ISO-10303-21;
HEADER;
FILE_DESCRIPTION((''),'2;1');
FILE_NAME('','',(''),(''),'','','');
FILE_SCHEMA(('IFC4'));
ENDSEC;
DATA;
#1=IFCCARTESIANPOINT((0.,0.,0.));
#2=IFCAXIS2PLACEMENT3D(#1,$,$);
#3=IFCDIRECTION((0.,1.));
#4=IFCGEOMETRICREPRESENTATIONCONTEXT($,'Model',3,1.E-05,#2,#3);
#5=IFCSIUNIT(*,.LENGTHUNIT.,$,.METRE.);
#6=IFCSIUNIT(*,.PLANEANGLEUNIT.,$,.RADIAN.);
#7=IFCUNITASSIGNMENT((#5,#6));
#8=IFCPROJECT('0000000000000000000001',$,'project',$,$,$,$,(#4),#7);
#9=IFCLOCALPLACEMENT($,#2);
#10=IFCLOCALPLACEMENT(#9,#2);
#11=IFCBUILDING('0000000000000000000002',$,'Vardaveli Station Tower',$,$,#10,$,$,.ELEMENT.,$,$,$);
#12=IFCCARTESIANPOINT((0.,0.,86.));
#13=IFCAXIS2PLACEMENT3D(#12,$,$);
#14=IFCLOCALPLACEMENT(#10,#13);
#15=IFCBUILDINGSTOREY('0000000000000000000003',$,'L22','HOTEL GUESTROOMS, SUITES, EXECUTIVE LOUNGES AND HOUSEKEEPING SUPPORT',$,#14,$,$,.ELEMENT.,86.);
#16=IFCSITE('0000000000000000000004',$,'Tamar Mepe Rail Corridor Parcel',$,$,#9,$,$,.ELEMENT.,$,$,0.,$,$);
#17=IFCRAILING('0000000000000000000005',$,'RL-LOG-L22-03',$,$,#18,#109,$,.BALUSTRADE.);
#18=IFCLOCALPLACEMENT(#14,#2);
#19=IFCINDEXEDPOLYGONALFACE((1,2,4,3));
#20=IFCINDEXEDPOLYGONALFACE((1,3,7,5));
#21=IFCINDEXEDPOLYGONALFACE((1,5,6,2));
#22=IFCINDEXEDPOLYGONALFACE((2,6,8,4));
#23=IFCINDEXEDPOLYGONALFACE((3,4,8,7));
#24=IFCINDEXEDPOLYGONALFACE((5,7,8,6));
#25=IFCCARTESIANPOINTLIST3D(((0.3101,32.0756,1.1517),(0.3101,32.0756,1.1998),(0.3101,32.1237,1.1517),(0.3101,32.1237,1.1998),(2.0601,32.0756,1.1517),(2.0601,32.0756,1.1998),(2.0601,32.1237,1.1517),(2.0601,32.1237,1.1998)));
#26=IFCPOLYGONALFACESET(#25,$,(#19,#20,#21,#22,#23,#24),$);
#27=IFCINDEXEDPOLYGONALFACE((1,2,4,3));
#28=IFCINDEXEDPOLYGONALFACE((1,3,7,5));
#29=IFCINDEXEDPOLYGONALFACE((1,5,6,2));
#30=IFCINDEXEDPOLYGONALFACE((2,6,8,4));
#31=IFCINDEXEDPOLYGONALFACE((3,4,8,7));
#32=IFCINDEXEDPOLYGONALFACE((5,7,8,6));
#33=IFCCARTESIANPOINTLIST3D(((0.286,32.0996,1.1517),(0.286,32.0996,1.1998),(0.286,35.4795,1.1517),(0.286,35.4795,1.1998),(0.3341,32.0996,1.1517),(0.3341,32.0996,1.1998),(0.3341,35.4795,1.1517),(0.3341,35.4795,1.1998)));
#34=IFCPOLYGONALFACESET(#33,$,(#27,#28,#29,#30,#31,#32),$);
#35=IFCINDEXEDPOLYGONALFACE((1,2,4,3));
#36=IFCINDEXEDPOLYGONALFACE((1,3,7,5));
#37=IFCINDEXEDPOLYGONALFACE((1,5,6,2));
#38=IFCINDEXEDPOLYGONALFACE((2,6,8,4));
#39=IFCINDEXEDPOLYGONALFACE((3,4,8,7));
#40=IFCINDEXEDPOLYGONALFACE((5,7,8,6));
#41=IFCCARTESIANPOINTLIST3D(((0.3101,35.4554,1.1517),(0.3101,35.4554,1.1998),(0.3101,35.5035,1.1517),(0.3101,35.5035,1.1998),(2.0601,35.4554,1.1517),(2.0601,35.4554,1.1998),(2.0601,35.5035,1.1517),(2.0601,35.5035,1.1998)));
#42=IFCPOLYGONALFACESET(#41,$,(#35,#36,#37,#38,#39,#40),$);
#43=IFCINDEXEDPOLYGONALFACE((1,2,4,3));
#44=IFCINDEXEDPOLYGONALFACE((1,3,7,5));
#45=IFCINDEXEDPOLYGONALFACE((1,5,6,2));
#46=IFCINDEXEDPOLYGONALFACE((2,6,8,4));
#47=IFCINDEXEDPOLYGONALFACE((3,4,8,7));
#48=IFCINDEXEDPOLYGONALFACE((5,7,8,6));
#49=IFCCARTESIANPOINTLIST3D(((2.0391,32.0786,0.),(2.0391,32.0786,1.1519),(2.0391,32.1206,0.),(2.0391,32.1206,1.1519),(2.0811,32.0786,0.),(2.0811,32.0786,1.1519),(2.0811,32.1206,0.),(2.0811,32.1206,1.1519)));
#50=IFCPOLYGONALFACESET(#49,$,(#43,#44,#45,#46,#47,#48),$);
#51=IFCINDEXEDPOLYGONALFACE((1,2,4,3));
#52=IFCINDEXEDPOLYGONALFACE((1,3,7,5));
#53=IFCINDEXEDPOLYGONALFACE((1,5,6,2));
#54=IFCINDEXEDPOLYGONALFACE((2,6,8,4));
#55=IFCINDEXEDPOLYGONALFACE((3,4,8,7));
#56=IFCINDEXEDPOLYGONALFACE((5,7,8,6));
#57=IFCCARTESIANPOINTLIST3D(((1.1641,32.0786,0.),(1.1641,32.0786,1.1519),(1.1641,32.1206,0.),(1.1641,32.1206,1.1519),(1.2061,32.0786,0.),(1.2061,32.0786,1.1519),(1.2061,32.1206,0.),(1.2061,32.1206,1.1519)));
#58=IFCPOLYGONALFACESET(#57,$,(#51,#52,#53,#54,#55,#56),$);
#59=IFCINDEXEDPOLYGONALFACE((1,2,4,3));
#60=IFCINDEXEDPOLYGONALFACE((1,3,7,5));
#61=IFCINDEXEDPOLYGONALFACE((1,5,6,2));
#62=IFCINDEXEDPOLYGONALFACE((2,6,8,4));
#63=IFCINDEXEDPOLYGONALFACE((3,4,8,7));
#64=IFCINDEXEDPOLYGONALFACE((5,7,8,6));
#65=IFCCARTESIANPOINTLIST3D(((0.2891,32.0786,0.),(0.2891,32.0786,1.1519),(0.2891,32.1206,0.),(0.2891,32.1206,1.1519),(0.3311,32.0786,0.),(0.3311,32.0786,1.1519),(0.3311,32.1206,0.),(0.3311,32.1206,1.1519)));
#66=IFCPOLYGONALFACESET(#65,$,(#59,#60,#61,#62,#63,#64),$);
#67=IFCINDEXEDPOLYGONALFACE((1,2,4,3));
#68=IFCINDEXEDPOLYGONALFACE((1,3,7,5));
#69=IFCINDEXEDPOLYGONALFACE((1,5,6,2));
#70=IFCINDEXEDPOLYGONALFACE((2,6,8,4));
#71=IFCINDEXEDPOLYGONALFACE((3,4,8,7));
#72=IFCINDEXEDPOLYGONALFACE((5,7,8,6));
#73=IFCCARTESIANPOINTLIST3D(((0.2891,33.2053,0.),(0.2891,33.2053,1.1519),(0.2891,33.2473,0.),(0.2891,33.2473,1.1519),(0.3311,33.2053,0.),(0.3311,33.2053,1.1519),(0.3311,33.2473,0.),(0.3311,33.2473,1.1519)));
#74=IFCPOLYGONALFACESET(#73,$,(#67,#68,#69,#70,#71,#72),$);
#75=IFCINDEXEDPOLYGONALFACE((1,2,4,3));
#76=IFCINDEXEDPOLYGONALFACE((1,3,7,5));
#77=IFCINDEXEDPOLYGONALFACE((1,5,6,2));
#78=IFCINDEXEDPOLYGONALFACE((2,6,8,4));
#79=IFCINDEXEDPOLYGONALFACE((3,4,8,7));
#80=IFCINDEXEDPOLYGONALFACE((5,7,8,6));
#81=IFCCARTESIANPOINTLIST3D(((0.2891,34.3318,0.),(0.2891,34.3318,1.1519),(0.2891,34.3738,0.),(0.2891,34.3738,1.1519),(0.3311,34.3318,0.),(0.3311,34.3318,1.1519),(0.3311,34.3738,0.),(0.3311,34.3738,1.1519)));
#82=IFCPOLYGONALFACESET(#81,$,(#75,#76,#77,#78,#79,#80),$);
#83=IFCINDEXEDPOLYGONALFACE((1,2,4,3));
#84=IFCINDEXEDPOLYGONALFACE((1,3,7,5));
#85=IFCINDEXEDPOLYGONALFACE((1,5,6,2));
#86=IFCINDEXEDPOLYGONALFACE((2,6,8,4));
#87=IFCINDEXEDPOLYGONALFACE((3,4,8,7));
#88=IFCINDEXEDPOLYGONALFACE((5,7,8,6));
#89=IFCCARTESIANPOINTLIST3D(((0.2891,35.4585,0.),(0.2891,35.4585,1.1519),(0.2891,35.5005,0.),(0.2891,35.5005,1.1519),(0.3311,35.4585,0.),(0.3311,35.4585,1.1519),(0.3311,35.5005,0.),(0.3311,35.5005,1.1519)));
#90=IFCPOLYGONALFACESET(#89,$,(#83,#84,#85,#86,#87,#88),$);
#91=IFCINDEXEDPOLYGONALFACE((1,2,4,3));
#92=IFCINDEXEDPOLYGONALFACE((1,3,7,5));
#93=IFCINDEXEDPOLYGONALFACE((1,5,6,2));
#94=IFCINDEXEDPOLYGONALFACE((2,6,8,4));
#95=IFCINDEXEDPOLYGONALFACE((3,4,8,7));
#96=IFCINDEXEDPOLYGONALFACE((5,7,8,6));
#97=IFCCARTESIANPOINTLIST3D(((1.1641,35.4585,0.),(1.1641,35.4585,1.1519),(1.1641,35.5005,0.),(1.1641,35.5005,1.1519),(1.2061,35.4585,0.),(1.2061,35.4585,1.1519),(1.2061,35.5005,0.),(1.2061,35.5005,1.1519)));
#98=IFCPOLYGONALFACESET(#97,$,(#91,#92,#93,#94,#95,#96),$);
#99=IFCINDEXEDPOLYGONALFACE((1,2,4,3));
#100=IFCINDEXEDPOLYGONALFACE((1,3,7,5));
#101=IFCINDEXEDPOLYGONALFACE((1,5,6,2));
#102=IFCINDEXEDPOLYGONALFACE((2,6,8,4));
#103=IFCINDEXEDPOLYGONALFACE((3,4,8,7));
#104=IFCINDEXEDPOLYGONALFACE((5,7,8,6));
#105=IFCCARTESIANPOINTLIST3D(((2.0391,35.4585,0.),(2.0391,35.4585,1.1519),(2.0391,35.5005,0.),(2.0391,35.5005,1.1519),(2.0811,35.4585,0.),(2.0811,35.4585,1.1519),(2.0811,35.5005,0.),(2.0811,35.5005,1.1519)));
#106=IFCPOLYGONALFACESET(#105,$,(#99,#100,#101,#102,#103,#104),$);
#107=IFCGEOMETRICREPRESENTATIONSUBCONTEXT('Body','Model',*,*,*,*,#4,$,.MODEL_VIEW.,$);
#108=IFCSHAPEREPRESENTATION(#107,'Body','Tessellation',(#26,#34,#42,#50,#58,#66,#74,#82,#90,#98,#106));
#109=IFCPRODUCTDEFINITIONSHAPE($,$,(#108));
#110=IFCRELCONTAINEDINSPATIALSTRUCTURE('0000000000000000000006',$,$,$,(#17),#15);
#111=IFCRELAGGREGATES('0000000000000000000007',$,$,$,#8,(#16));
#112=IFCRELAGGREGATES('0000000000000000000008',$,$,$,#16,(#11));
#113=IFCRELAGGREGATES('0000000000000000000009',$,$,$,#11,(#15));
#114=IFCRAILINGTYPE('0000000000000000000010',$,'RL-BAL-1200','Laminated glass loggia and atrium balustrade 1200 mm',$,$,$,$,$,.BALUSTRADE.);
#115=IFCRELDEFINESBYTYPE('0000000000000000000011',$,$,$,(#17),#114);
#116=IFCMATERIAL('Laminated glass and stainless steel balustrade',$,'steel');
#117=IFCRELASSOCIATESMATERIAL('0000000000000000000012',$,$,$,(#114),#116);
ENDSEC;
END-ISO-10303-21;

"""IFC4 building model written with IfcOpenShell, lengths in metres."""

from ifc_helpers import new_model, si_unit, direction, frame, origin, origin_2d, place, context, subcontext, project, spatial, rectangle, extrude, source, transform, mapped, material, type_object, element, save


model = new_model("IFC4")

# Units and contexts
model_context = context("Model", 3, precision=1e-05, world=origin(), true_north=direction((0.0, 1.0)))
body_context = subcontext(model_context, "Body", "Model", "MODEL_VIEW")
ifc_project = project(units=[si_unit("LENGTHUNIT", "METRE"), si_unit("PLANEANGLEUNIT", "RADIAN")], contexts=[model_context])

# Site, building, storey
site_placement = place(None, origin())
site = spatial("IfcSite", under=ifc_project, at=site_placement, Name="Tamar Mepe Rail Corridor Parcel", CompositionType="ELEMENT", RefElevation=0.0)
building_placement = place(site_placement, origin())
building = spatial("IfcBuilding", under=site, at=building_placement, Name="Vardaveli Station Tower", CompositionType="ELEMENT")
storey_placement = place(building_placement, frame((0.0, 0.0, 86.0)))
storey = spatial("IfcBuildingStorey", under=building, at=storey_placement, Name="L22", Description="HOTEL GUESTROOMS, SUITES, EXECUTIVE LOUNGES AND HOUSEKEEPING SUPPORT", CompositionType="ELEMENT", Elevation=86.0)

# Railing
ifc_material_1 = material(Name="Laminated glass and stainless steel balustrade", Category="steel")
railing_type = type_object("IfcRailingType", Name="RL-BAL-1200", Description="Laminated glass loggia and atrium balustrade 1200 mm", PredefinedType="BALUSTRADE", material=ifc_material_1)
shared_shape_1 = source(origin(), body_context, "Body", "SweptSolid", [
    extrude(rectangle(XDim=0.0481, YDim=0.0481, at=origin_2d()), frame((0.0, 0.0, 1.1758), z_axis=(-1.0, 0.0, 0.0), x_axis=(0.0, -1.0, 0.0)), (0.0, 0.0, 1.0), 1.75),
    extrude(rectangle(XDim=0.0481, YDim=0.0481, at=origin_2d()), frame((-1.75, 0.0, 1.1758), z_axis=(0.0, 1.0, 0.0), x_axis=(-1.0, 0.0, 0.0)), (0.0, 0.0, 1.0), 3.3799),
    extrude(rectangle(XDim=0.0481, YDim=0.0481, at=origin_2d()), frame((-1.75, 3.3799, 1.1758), z_axis=(1.0, 0.0, 0.0), x_axis=(0.0, 1.0, 0.0)), (0.0, 0.0, 1.0), 1.75),
    extrude(rectangle(XDim=0.042, YDim=0.042, at=origin_2d()), origin(), (0.0, 0.0, 1.0), 1.1519),
    extrude(rectangle(XDim=0.042, YDim=0.042, at=origin_2d()), frame((-0.875, 0.0, 0.0)), (0.0, 0.0, 1.0), 1.1519),
    extrude(rectangle(XDim=0.042, YDim=0.042, at=origin_2d()), frame((-1.75, 0.0, 0.0)), (0.0, 0.0, 1.0), 1.1519),
    extrude(rectangle(XDim=0.042, YDim=0.042, at=origin_2d()), frame((-1.75, 1.1267, 0.0)), (0.0, 0.0, 1.0), 1.1519),
    extrude(rectangle(XDim=0.042, YDim=0.042, at=origin_2d()), frame((-1.75, 2.2532, 0.0)), (0.0, 0.0, 1.0), 1.1519),
    extrude(rectangle(XDim=0.042, YDim=0.042, at=origin_2d()), frame((-1.75, 3.3799, 0.0)), (0.0, 0.0, 1.0), 1.1519),
    extrude(rectangle(XDim=0.042, YDim=0.042, at=origin_2d()), frame((-0.875, 3.3799, 0.0)), (0.0, 0.0, 1.0), 1.1519),
    extrude(rectangle(XDim=0.042, YDim=0.042, at=origin_2d()), frame((0.0, 3.3799, 0.0)), (0.0, 0.0, 1.0), 1.1519),
])
railing_placement = place(storey_placement, frame((2.0601, 32.0996, 0.0)))
element("IfcRailing", 1, at=railing_placement, inside=storey, type_object=railing_type, Name="RL-LOG-L22-03", PredefinedType="BALUSTRADE", context=body_context, shape_type="MappedRepresentation", body=[
    mapped(shared_shape_1, transform((0.0, 0.0, 0.0), scale=1.0)),
])

save(model, "model.ifc")
